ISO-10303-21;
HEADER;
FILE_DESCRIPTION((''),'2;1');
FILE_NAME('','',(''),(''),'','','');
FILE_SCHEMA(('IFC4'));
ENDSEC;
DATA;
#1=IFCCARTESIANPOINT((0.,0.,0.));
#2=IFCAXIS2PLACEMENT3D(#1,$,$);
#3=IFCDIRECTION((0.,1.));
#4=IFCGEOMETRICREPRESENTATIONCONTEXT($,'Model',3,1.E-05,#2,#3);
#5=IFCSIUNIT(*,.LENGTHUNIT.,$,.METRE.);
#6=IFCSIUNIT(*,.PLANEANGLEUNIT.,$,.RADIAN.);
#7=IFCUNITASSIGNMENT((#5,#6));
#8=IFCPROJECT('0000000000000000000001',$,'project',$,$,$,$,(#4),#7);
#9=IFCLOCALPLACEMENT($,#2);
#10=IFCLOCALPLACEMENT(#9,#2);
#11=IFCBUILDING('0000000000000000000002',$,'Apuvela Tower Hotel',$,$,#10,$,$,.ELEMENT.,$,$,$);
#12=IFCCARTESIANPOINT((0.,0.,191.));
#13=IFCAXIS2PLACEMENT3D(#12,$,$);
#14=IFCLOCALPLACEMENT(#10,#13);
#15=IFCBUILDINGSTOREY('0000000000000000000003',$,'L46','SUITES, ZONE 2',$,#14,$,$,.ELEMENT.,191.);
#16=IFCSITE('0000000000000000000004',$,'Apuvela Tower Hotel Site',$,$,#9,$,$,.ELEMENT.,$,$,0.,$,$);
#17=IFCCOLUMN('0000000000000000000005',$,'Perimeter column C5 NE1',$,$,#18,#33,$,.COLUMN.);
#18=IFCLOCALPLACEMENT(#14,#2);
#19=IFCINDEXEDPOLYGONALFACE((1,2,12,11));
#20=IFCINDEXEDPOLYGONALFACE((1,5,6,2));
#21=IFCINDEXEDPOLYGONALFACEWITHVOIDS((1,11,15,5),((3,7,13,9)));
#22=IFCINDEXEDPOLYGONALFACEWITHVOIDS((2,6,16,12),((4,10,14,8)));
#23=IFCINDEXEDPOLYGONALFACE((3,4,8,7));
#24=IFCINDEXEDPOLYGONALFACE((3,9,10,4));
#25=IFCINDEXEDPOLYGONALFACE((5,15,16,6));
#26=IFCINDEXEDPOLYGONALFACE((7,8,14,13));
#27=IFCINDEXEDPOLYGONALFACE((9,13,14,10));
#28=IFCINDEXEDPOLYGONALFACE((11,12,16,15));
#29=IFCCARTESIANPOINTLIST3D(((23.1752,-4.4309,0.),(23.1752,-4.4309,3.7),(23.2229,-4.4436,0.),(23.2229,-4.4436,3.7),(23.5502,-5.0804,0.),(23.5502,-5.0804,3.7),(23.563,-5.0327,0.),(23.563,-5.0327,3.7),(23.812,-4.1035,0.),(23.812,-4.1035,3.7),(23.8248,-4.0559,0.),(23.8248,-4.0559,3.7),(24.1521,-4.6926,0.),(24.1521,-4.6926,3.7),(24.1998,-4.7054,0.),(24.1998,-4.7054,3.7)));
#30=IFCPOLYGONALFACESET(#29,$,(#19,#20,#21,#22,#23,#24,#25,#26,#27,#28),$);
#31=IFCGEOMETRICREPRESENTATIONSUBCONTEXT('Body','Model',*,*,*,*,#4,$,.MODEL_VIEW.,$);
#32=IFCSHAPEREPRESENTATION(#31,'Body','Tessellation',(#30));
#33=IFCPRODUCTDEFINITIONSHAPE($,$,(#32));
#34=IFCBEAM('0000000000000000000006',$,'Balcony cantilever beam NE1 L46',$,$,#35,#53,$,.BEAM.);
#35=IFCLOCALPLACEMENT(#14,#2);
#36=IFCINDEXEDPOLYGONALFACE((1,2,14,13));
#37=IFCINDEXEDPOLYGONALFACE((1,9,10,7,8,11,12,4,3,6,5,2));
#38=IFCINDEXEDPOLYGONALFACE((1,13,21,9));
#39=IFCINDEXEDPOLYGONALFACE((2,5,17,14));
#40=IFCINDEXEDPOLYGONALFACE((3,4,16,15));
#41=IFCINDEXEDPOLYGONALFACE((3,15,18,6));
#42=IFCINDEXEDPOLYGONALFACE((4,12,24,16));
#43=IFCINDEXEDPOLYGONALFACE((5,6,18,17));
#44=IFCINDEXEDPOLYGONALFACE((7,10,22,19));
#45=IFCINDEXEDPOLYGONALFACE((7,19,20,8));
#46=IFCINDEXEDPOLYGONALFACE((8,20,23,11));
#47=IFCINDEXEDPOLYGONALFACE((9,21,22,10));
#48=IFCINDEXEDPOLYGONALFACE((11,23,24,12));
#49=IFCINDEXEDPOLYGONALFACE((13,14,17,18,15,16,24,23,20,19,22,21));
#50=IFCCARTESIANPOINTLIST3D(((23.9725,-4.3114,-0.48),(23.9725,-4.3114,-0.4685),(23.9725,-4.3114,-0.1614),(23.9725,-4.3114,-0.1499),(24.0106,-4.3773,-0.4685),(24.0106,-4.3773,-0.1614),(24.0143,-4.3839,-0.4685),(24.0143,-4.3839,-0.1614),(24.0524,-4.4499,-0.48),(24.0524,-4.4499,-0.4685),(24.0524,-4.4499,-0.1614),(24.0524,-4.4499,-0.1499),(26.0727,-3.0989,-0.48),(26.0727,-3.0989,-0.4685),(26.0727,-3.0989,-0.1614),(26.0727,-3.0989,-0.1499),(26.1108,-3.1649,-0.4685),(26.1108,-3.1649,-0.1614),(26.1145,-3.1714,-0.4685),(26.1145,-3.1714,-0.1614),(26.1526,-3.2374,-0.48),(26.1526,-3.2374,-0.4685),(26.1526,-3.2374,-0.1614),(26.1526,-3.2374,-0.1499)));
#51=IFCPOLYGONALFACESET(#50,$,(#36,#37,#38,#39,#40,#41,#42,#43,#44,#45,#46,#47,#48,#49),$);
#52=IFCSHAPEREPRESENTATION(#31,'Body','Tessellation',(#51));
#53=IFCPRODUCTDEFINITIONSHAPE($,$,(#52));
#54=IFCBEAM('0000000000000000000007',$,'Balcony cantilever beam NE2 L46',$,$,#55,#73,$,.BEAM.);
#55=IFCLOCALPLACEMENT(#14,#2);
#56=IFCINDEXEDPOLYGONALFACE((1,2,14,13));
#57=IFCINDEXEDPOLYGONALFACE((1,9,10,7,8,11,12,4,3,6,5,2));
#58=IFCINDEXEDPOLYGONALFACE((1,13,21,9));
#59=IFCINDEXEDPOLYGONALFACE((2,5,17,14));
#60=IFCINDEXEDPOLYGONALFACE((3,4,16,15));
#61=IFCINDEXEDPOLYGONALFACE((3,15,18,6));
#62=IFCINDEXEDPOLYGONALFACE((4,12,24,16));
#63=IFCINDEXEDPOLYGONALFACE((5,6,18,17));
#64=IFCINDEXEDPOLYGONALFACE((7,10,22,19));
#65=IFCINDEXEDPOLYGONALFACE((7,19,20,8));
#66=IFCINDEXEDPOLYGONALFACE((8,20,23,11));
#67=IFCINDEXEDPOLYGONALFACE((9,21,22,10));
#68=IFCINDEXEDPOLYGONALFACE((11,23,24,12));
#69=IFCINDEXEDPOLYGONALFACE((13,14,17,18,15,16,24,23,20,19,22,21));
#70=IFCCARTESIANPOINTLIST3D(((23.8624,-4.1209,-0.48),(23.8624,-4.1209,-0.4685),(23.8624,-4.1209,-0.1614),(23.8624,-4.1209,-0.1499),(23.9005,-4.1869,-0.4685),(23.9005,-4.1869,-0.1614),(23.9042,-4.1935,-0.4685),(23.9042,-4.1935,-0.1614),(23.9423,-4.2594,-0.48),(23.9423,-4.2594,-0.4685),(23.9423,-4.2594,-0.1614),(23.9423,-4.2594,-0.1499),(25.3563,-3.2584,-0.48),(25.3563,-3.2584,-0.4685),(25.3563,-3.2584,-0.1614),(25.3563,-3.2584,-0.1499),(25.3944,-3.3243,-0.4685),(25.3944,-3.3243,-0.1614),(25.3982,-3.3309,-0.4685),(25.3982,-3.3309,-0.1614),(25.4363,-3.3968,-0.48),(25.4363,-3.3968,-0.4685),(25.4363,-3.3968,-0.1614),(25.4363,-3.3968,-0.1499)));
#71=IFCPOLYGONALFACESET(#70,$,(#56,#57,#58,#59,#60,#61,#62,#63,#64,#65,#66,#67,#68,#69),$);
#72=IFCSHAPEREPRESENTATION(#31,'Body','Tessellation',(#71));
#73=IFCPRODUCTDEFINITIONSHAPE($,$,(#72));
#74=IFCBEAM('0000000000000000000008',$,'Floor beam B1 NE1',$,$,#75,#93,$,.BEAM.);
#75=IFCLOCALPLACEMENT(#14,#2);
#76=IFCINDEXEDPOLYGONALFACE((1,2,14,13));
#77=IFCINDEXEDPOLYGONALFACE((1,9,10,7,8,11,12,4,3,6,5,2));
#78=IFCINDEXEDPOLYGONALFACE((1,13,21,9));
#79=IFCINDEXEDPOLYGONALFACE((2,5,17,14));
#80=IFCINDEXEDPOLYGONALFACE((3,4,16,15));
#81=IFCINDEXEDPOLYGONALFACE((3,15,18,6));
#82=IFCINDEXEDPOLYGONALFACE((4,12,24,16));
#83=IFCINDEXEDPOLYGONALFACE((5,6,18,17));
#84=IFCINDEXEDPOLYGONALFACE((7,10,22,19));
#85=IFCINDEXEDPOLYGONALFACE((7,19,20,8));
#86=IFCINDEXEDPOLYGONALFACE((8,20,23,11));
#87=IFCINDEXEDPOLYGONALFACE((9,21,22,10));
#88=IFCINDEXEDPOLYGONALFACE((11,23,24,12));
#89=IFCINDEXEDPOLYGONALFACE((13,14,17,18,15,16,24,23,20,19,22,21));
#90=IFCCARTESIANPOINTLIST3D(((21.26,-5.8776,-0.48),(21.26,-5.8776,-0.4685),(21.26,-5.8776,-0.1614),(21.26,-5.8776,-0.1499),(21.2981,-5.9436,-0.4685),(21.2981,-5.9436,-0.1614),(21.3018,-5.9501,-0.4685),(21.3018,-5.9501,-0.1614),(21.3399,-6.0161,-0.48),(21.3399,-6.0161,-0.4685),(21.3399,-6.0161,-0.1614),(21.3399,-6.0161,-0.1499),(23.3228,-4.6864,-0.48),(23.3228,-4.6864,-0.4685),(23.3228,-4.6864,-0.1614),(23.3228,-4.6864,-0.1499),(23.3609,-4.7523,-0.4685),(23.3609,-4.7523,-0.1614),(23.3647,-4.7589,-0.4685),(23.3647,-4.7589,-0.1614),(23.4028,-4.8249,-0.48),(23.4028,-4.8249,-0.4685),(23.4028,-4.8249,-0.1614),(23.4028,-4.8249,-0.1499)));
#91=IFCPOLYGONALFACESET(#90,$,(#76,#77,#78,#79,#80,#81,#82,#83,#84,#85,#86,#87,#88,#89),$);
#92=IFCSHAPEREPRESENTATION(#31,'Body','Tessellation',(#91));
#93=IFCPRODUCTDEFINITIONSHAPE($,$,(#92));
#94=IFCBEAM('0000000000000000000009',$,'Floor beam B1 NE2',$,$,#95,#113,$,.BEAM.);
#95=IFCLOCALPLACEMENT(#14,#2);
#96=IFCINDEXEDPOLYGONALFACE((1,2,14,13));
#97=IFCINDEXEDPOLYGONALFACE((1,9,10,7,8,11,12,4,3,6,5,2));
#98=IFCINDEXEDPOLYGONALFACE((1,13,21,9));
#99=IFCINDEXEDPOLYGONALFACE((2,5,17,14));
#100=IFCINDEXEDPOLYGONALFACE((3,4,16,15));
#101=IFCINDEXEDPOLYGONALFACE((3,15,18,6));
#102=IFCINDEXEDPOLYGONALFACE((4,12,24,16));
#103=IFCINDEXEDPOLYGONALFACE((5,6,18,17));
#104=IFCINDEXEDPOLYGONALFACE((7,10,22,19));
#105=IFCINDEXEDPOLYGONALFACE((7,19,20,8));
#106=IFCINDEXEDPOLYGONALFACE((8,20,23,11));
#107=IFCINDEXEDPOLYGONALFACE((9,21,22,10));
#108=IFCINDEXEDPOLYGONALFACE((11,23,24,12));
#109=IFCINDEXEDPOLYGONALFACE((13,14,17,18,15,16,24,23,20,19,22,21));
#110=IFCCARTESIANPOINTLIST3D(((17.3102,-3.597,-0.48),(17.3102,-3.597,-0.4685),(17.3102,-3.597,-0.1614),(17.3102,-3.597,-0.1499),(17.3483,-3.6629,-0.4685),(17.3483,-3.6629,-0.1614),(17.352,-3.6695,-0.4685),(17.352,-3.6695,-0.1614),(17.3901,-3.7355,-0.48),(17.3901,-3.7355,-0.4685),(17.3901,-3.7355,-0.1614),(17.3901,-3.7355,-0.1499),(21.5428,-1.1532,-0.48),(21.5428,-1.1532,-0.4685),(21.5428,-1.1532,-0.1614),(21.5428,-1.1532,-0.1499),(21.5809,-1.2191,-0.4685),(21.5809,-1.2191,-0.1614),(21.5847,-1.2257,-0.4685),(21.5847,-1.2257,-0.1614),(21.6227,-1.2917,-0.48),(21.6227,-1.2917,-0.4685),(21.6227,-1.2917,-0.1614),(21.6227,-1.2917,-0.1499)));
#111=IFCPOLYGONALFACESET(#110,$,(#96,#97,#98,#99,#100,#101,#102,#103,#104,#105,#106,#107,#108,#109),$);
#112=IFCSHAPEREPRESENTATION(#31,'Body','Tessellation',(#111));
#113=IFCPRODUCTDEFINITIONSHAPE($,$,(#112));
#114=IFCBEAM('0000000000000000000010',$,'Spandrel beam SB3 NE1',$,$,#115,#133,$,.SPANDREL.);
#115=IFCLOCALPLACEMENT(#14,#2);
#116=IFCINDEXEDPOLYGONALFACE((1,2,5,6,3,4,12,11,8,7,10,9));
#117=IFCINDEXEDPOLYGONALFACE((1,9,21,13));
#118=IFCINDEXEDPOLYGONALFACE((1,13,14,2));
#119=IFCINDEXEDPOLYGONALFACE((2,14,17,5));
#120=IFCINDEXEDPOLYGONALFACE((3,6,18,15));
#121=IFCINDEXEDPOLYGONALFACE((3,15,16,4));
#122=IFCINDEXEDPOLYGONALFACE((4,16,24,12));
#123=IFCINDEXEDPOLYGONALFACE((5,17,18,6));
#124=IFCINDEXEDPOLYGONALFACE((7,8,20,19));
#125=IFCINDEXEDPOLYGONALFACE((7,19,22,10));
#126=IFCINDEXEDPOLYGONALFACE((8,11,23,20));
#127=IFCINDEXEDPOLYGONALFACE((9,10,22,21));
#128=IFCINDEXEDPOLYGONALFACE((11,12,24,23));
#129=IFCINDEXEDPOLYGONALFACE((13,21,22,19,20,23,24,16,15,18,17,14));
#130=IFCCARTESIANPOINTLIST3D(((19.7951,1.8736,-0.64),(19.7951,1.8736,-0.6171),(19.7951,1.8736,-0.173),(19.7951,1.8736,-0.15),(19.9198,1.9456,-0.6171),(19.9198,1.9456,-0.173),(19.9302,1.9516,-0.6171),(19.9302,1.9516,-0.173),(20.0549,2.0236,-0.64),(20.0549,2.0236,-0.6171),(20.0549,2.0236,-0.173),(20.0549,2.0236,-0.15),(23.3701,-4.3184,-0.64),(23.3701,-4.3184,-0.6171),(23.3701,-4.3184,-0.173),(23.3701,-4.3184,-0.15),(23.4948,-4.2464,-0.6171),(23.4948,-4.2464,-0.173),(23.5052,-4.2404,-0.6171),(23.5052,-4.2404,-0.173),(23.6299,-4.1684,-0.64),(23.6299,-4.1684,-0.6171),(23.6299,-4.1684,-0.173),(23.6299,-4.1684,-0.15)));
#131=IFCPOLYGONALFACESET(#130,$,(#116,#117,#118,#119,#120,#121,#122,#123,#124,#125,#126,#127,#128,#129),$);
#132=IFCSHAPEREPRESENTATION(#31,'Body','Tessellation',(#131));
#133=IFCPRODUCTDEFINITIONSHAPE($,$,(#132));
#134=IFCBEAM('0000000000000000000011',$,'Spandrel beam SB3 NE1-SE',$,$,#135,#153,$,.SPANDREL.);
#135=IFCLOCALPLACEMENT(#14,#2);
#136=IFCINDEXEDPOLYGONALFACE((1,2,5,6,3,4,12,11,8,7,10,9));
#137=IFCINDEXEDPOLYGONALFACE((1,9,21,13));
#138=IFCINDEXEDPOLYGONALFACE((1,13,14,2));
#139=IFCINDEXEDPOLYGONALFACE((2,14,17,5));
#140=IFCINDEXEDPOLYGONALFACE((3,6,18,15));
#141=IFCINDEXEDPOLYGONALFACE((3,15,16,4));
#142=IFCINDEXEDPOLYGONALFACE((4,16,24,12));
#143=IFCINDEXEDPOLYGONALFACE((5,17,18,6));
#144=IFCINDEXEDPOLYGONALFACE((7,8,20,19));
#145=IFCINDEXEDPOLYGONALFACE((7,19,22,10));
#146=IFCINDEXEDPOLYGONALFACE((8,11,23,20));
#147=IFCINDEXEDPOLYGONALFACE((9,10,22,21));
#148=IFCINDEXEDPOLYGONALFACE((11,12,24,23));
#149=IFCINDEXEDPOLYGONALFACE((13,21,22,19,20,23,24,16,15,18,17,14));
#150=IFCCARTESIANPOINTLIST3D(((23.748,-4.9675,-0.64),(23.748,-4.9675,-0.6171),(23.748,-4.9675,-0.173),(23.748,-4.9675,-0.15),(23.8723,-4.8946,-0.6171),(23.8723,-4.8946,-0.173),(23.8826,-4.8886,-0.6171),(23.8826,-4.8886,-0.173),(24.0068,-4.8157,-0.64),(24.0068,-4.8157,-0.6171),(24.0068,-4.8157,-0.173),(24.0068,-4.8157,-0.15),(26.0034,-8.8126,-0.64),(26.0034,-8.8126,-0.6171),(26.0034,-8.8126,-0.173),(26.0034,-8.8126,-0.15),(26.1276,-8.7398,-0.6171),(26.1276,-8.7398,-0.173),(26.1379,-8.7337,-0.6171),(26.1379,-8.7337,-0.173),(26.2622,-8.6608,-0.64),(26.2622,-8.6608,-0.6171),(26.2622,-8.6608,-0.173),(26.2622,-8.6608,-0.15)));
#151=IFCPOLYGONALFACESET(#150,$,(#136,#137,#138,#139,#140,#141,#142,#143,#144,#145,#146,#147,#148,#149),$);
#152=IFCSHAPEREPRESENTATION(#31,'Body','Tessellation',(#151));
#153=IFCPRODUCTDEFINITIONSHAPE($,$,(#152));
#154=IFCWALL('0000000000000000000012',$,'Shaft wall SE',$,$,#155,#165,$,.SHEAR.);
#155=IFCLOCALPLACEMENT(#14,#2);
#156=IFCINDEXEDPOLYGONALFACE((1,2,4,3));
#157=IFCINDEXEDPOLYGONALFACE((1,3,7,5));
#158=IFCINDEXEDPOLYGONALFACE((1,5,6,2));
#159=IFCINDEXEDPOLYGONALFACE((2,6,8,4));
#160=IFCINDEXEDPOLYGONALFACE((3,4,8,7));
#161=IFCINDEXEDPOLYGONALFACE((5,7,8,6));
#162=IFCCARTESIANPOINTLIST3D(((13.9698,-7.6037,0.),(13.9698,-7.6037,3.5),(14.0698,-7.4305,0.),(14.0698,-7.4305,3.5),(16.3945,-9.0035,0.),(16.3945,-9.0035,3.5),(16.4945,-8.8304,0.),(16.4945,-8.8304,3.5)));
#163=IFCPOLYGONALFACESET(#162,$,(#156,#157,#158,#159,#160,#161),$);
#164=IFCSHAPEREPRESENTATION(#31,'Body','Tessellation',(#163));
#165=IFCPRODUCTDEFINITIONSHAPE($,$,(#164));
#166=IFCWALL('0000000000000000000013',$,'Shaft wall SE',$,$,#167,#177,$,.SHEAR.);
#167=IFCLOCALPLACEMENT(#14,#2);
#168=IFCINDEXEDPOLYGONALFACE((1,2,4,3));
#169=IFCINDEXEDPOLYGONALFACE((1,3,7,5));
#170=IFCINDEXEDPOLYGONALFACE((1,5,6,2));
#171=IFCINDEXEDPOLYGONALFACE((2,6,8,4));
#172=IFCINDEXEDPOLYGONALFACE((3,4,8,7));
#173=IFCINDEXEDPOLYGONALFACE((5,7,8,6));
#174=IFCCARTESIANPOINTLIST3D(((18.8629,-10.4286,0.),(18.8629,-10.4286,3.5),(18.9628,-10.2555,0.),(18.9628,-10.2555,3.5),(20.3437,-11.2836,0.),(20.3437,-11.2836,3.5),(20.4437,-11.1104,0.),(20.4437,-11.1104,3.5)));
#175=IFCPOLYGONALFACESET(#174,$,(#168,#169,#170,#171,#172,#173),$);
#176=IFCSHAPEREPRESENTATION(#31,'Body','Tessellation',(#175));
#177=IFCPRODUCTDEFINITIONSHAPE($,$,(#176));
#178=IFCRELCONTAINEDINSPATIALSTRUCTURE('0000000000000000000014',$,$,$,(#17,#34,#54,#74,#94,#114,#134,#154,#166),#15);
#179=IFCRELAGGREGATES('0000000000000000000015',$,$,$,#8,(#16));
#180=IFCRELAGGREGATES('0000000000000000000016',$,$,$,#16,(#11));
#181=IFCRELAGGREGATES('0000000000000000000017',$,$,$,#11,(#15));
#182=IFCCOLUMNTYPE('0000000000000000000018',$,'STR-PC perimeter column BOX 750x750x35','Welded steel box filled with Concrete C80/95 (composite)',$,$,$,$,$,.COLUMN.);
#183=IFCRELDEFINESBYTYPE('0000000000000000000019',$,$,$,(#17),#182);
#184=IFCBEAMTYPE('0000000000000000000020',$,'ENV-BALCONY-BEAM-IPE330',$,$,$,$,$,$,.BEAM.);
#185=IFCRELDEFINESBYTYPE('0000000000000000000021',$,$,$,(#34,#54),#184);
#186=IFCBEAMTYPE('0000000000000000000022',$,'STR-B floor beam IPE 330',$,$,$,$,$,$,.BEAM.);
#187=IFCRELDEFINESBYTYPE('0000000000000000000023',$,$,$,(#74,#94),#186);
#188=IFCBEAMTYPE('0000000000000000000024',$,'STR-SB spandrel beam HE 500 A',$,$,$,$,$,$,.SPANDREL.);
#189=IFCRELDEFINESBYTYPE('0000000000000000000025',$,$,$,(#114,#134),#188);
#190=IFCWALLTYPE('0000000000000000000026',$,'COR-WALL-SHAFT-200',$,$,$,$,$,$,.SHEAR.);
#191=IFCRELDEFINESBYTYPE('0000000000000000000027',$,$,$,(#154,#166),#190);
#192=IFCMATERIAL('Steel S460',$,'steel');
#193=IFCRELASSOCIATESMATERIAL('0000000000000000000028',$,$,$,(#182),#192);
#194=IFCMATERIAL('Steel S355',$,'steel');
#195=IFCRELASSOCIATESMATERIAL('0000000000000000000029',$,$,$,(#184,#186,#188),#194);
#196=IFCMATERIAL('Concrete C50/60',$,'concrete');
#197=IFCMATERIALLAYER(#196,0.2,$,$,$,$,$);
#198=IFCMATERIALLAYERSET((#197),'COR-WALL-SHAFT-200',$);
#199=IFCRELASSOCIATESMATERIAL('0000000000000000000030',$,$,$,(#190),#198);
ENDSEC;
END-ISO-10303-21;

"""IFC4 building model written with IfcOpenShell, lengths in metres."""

from ifc_helpers import new_model, si_unit, direction, frame, frame_2d, origin, origin_2d, place, context, subcontext, project, spatial, rectangle, hollow_rectangle, i_section, extrude, material, layer, layer_set, material_profile, profile_set, type_object, element, save


model = new_model("IFC4")

# Units and contexts
model_context = context("Model", 3, precision=1e-05, world=origin(), true_north=direction((0.0, 1.0)))
body_context = subcontext(model_context, "Body", "Model", "MODEL_VIEW")
ifc_project = project(units=[si_unit("LENGTHUNIT", "METRE"), si_unit("PLANEANGLEUNIT", "RADIAN")], contexts=[model_context])

# Site, building, storey
site_placement = place(None, origin())
site = spatial("IfcSite", under=ifc_project, at=site_placement, Name="Apuvela Tower Hotel Site", CompositionType="ELEMENT", RefElevation=0.0)
building_placement = place(site_placement, origin())
building = spatial("IfcBuilding", under=site, at=building_placement, Name="Apuvela Tower Hotel", CompositionType="ELEMENT")
storey_placement = place(building_placement, frame((0.0, 0.0, 191.0)))
storey = spatial("IfcBuildingStorey", under=building, at=storey_placement, Name="L46", Description="SUITES, ZONE 2", CompositionType="ELEMENT", Elevation=191.0)

# Column
ifc_material_1 = material(Name="Steel S460", Category="steel")
ifc_material_profile_1 = material_profile(ifc_material_1, hollow_rectangle(XDim=0.75, YDim=0.75, WallThickness=0.0349, at=origin_2d()), Name="BOX 750x750x35")
ifc_material_2 = material(Name="Concrete C80/95", Category="concrete")
ifc_material_profile_2 = material_profile(ifc_material_2, rectangle(XDim=0.6799, YDim=0.6799, at=origin_2d()), Name="Concrete C80/95 infill")
ifc_profile_set_1 = profile_set([ifc_material_profile_1, ifc_material_profile_2], Name="Steel S460")
column_type = type_object("IfcColumnType", Name="STR-PC perimeter column BOX 750x750x35", Description="Welded steel box filled with Concrete C80/95 (composite)", PredefinedType="COLUMN", material=ifc_profile_set_1)
column_placement = place(storey_placement, frame((23.6875, -4.5681, 0.0), z_axis=(0.0, 0.0, 1.0), x_axis=(-0.5, 0.866025, 0.0)))
element("IfcColumn", 1, at=column_placement, inside=storey, type_object=column_type, Name="Perimeter column C5 NE1", PredefinedType="COLUMN", context=body_context, shape_type="SweptSolid", body=[
    extrude(hollow_rectangle(XDim=0.75, YDim=0.75, WallThickness=0.0349, at=origin_2d()), origin(), (0.0, 0.0, 1.0), 3.7),
])

# Beams
ifc_material_3 = material(Name="Steel S355", Category="steel")
ifc_material_profile_3 = material_profile(ifc_material_3, i_section(OverallWidth=0.1599, OverallDepth=0.3301, WebThickness=0.0076, FlangeThickness=0.0115, at=origin_2d()), Name="IPE 330")
ifc_profile_set_2 = profile_set([ifc_material_profile_3], Name="Steel S355")
beam_type_1 = type_object("IfcBeamType", Name="ENV-BALCONY-BEAM-IPE330", PredefinedType="BEAM", material=ifc_profile_set_2)
beam_1_placement = place(storey_placement, frame((24.0125, -4.3806, -0.3149), z_axis=(0.866041, 0.499972, 0.0), x_axis=(-0.499972, 0.866041, 0.0)))
element("IfcBeam", 2, at=beam_1_placement, inside=storey, type_object=beam_type_1, Name="Balcony cantilever beam NE1 L46", PredefinedType="BEAM", context=body_context, shape_type="SweptSolid", body=[
    extrude(i_section(OverallWidth=0.1599, OverallDepth=0.3301, WebThickness=0.0076, FlangeThickness=0.0115, at=origin_2d()), origin(), (0.0, 0.0, 1.0), 2.425),
])
beam_2_placement = place(storey_placement, frame((23.9023, -4.1902, -0.3149), z_axis=(0.866014, 0.500021, 0.0), x_axis=(-0.500021, 0.866014, 0.0)))
element("IfcBeam", 3, at=beam_2_placement, inside=storey, type_object=beam_type_1, Name="Balcony cantilever beam NE2 L46", PredefinedType="BEAM", context=body_context, shape_type="SweptSolid", body=[
    extrude(i_section(OverallWidth=0.1599, OverallDepth=0.3301, WebThickness=0.0076, FlangeThickness=0.0115, at=origin_2d()), origin(), (0.0, 0.0, 1.0), 1.7251),
])
ifc_material_profile_4 = material_profile(ifc_material_3, i_section(OverallWidth=0.1599, OverallDepth=0.3301, WebThickness=0.0076, FlangeThickness=0.0115, at=origin_2d()), Name="IPE 330")
ifc_profile_set_3 = profile_set([ifc_material_profile_4], Name="Steel S355")
beam_type_2 = type_object("IfcBeamType", Name="STR-B floor beam IPE 330", PredefinedType="BEAM", material=ifc_profile_set_3)
beam_3_placement = place(storey_placement, frame((23.3628, -4.7556, -0.3149), z_axis=(-0.865982, -0.500074, 0.0), x_axis=(0.500074, -0.865982, 0.0)))
element("IfcBeam", 4, at=beam_3_placement, inside=storey, type_object=beam_type_2, Name="Floor beam B1 NE1", PredefinedType="BEAM", context=body_context, shape_type="SweptSolid", body=[
    extrude(i_section(OverallWidth=0.1599, OverallDepth=0.3301, WebThickness=0.0076, FlangeThickness=0.0115, at=origin_2d()), origin(), (0.0, 0.0, 1.0), 2.3821),
])
beam_4_placement = place(storey_placement, frame((21.5828, -1.2224, -0.3149), z_axis=(-0.866015, -0.500018, 0.0), x_axis=(0.500018, -0.866015, 0.0)))
element("IfcBeam", 5, at=beam_4_placement, inside=storey, type_object=beam_type_2, Name="Floor beam B1 NE2", PredefinedType="BEAM", context=body_context, shape_type="SweptSolid", body=[
    extrude(i_section(OverallWidth=0.1599, OverallDepth=0.3301, WebThickness=0.0076, FlangeThickness=0.0115, at=origin_2d()), origin(), (0.0, 0.0, 1.0), 4.8875),
])
ifc_material_profile_5 = material_profile(ifc_material_3, i_section(OverallWidth=0.3, OverallDepth=0.49, WebThickness=0.012, FlangeThickness=0.0229, at=origin_2d()), Name="HE 500 A")
ifc_profile_set_4 = profile_set([ifc_material_profile_5], Name="Steel S355")
beam_type_3 = type_object("IfcBeamType", Name="STR-SB spandrel beam HE 500 A", PredefinedType="SPANDREL", material=ifc_profile_set_4)
beam_5_placement = place(storey_placement, frame((23.5, -4.2434, -0.395), z_axis=(-0.500006, 0.866022, 0.0), x_axis=(-0.866022, -0.500006, 0.0)))
element("IfcBeam", 6, at=beam_5_placement, inside=storey, type_object=beam_type_3, Name="Spandrel beam SB3 NE1", PredefinedType="SPANDREL", context=body_context, shape_type="SweptSolid", body=[
    extrude(i_section(OverallWidth=0.3, OverallDepth=0.49, WebThickness=0.012, FlangeThickness=0.0229, at=origin_2d()), origin(), (0.0, 0.0, 1.0), 7.1499),
])
beam_6_placement = place(storey_placement, frame((23.8774, -4.8916, -0.395), z_axis=(0.505933, -0.862573, 0.0), x_axis=(0.862573, 0.505933, 0.0)))
element("IfcBeam", 7, at=beam_6_placement, inside=storey, type_object=beam_type_3, Name="Spandrel beam SB3 NE1-SE", PredefinedType="SPANDREL", context=body_context, shape_type="SweptSolid", body=[
    extrude(i_section(OverallWidth=0.3, OverallDepth=0.49, WebThickness=0.012, FlangeThickness=0.0229, at=origin_2d()), origin(), (0.0, 0.0, 1.0), 4.4578),
])

# Walls
ifc_material_4 = material(Name="Concrete C50/60", Category="concrete")
ifc_layer_1 = layer(ifc_material_4, 0.2)
ifc_layer_set_1 = layer_set([ifc_layer_1], Name="COR-WALL-SHAFT-200")
wall_type_1 = type_object("IfcWallType", Name="COR-WALL-SHAFT-200", PredefinedType="SHEAR", material=ifc_layer_set_1)
wall_1_placement = place(storey_placement, frame((14.0198, -7.5171, 0.0), z_axis=(0.0, 0.0, 1.0), x_axis=(0.866035, -0.499984, 0.0)))
element("IfcWall", 8, at=wall_1_placement, inside=storey, type_object=wall_type_1, Name="Shaft wall SE", PredefinedType="SHEAR", context=body_context, shape_type="SweptSolid", body=[
    extrude(rectangle(XDim=2.7998, YDim=0.2, at=frame_2d((1.3999, 0.0))), origin(), (0.0, 0.0, 1.0), 3.5),
])
wall_2_placement = place(storey_placement, frame((18.9128, -10.342, 0.0), z_axis=(0.0, 0.0, 1.0), x_axis=(0.866038, -0.499978, 0.0)))
element("IfcWall", 9, at=wall_2_placement, inside=storey, type_object=wall_type_1, Name="Shaft wall SE", PredefinedType="SHEAR", context=body_context, shape_type="SweptSolid", body=[
    extrude(rectangle(XDim=1.71, YDim=0.2, at=frame_2d((0.855, 0.0))), origin(), (0.0, 0.0, 1.0), 3.5),
])

save(model, "model.ifc")
